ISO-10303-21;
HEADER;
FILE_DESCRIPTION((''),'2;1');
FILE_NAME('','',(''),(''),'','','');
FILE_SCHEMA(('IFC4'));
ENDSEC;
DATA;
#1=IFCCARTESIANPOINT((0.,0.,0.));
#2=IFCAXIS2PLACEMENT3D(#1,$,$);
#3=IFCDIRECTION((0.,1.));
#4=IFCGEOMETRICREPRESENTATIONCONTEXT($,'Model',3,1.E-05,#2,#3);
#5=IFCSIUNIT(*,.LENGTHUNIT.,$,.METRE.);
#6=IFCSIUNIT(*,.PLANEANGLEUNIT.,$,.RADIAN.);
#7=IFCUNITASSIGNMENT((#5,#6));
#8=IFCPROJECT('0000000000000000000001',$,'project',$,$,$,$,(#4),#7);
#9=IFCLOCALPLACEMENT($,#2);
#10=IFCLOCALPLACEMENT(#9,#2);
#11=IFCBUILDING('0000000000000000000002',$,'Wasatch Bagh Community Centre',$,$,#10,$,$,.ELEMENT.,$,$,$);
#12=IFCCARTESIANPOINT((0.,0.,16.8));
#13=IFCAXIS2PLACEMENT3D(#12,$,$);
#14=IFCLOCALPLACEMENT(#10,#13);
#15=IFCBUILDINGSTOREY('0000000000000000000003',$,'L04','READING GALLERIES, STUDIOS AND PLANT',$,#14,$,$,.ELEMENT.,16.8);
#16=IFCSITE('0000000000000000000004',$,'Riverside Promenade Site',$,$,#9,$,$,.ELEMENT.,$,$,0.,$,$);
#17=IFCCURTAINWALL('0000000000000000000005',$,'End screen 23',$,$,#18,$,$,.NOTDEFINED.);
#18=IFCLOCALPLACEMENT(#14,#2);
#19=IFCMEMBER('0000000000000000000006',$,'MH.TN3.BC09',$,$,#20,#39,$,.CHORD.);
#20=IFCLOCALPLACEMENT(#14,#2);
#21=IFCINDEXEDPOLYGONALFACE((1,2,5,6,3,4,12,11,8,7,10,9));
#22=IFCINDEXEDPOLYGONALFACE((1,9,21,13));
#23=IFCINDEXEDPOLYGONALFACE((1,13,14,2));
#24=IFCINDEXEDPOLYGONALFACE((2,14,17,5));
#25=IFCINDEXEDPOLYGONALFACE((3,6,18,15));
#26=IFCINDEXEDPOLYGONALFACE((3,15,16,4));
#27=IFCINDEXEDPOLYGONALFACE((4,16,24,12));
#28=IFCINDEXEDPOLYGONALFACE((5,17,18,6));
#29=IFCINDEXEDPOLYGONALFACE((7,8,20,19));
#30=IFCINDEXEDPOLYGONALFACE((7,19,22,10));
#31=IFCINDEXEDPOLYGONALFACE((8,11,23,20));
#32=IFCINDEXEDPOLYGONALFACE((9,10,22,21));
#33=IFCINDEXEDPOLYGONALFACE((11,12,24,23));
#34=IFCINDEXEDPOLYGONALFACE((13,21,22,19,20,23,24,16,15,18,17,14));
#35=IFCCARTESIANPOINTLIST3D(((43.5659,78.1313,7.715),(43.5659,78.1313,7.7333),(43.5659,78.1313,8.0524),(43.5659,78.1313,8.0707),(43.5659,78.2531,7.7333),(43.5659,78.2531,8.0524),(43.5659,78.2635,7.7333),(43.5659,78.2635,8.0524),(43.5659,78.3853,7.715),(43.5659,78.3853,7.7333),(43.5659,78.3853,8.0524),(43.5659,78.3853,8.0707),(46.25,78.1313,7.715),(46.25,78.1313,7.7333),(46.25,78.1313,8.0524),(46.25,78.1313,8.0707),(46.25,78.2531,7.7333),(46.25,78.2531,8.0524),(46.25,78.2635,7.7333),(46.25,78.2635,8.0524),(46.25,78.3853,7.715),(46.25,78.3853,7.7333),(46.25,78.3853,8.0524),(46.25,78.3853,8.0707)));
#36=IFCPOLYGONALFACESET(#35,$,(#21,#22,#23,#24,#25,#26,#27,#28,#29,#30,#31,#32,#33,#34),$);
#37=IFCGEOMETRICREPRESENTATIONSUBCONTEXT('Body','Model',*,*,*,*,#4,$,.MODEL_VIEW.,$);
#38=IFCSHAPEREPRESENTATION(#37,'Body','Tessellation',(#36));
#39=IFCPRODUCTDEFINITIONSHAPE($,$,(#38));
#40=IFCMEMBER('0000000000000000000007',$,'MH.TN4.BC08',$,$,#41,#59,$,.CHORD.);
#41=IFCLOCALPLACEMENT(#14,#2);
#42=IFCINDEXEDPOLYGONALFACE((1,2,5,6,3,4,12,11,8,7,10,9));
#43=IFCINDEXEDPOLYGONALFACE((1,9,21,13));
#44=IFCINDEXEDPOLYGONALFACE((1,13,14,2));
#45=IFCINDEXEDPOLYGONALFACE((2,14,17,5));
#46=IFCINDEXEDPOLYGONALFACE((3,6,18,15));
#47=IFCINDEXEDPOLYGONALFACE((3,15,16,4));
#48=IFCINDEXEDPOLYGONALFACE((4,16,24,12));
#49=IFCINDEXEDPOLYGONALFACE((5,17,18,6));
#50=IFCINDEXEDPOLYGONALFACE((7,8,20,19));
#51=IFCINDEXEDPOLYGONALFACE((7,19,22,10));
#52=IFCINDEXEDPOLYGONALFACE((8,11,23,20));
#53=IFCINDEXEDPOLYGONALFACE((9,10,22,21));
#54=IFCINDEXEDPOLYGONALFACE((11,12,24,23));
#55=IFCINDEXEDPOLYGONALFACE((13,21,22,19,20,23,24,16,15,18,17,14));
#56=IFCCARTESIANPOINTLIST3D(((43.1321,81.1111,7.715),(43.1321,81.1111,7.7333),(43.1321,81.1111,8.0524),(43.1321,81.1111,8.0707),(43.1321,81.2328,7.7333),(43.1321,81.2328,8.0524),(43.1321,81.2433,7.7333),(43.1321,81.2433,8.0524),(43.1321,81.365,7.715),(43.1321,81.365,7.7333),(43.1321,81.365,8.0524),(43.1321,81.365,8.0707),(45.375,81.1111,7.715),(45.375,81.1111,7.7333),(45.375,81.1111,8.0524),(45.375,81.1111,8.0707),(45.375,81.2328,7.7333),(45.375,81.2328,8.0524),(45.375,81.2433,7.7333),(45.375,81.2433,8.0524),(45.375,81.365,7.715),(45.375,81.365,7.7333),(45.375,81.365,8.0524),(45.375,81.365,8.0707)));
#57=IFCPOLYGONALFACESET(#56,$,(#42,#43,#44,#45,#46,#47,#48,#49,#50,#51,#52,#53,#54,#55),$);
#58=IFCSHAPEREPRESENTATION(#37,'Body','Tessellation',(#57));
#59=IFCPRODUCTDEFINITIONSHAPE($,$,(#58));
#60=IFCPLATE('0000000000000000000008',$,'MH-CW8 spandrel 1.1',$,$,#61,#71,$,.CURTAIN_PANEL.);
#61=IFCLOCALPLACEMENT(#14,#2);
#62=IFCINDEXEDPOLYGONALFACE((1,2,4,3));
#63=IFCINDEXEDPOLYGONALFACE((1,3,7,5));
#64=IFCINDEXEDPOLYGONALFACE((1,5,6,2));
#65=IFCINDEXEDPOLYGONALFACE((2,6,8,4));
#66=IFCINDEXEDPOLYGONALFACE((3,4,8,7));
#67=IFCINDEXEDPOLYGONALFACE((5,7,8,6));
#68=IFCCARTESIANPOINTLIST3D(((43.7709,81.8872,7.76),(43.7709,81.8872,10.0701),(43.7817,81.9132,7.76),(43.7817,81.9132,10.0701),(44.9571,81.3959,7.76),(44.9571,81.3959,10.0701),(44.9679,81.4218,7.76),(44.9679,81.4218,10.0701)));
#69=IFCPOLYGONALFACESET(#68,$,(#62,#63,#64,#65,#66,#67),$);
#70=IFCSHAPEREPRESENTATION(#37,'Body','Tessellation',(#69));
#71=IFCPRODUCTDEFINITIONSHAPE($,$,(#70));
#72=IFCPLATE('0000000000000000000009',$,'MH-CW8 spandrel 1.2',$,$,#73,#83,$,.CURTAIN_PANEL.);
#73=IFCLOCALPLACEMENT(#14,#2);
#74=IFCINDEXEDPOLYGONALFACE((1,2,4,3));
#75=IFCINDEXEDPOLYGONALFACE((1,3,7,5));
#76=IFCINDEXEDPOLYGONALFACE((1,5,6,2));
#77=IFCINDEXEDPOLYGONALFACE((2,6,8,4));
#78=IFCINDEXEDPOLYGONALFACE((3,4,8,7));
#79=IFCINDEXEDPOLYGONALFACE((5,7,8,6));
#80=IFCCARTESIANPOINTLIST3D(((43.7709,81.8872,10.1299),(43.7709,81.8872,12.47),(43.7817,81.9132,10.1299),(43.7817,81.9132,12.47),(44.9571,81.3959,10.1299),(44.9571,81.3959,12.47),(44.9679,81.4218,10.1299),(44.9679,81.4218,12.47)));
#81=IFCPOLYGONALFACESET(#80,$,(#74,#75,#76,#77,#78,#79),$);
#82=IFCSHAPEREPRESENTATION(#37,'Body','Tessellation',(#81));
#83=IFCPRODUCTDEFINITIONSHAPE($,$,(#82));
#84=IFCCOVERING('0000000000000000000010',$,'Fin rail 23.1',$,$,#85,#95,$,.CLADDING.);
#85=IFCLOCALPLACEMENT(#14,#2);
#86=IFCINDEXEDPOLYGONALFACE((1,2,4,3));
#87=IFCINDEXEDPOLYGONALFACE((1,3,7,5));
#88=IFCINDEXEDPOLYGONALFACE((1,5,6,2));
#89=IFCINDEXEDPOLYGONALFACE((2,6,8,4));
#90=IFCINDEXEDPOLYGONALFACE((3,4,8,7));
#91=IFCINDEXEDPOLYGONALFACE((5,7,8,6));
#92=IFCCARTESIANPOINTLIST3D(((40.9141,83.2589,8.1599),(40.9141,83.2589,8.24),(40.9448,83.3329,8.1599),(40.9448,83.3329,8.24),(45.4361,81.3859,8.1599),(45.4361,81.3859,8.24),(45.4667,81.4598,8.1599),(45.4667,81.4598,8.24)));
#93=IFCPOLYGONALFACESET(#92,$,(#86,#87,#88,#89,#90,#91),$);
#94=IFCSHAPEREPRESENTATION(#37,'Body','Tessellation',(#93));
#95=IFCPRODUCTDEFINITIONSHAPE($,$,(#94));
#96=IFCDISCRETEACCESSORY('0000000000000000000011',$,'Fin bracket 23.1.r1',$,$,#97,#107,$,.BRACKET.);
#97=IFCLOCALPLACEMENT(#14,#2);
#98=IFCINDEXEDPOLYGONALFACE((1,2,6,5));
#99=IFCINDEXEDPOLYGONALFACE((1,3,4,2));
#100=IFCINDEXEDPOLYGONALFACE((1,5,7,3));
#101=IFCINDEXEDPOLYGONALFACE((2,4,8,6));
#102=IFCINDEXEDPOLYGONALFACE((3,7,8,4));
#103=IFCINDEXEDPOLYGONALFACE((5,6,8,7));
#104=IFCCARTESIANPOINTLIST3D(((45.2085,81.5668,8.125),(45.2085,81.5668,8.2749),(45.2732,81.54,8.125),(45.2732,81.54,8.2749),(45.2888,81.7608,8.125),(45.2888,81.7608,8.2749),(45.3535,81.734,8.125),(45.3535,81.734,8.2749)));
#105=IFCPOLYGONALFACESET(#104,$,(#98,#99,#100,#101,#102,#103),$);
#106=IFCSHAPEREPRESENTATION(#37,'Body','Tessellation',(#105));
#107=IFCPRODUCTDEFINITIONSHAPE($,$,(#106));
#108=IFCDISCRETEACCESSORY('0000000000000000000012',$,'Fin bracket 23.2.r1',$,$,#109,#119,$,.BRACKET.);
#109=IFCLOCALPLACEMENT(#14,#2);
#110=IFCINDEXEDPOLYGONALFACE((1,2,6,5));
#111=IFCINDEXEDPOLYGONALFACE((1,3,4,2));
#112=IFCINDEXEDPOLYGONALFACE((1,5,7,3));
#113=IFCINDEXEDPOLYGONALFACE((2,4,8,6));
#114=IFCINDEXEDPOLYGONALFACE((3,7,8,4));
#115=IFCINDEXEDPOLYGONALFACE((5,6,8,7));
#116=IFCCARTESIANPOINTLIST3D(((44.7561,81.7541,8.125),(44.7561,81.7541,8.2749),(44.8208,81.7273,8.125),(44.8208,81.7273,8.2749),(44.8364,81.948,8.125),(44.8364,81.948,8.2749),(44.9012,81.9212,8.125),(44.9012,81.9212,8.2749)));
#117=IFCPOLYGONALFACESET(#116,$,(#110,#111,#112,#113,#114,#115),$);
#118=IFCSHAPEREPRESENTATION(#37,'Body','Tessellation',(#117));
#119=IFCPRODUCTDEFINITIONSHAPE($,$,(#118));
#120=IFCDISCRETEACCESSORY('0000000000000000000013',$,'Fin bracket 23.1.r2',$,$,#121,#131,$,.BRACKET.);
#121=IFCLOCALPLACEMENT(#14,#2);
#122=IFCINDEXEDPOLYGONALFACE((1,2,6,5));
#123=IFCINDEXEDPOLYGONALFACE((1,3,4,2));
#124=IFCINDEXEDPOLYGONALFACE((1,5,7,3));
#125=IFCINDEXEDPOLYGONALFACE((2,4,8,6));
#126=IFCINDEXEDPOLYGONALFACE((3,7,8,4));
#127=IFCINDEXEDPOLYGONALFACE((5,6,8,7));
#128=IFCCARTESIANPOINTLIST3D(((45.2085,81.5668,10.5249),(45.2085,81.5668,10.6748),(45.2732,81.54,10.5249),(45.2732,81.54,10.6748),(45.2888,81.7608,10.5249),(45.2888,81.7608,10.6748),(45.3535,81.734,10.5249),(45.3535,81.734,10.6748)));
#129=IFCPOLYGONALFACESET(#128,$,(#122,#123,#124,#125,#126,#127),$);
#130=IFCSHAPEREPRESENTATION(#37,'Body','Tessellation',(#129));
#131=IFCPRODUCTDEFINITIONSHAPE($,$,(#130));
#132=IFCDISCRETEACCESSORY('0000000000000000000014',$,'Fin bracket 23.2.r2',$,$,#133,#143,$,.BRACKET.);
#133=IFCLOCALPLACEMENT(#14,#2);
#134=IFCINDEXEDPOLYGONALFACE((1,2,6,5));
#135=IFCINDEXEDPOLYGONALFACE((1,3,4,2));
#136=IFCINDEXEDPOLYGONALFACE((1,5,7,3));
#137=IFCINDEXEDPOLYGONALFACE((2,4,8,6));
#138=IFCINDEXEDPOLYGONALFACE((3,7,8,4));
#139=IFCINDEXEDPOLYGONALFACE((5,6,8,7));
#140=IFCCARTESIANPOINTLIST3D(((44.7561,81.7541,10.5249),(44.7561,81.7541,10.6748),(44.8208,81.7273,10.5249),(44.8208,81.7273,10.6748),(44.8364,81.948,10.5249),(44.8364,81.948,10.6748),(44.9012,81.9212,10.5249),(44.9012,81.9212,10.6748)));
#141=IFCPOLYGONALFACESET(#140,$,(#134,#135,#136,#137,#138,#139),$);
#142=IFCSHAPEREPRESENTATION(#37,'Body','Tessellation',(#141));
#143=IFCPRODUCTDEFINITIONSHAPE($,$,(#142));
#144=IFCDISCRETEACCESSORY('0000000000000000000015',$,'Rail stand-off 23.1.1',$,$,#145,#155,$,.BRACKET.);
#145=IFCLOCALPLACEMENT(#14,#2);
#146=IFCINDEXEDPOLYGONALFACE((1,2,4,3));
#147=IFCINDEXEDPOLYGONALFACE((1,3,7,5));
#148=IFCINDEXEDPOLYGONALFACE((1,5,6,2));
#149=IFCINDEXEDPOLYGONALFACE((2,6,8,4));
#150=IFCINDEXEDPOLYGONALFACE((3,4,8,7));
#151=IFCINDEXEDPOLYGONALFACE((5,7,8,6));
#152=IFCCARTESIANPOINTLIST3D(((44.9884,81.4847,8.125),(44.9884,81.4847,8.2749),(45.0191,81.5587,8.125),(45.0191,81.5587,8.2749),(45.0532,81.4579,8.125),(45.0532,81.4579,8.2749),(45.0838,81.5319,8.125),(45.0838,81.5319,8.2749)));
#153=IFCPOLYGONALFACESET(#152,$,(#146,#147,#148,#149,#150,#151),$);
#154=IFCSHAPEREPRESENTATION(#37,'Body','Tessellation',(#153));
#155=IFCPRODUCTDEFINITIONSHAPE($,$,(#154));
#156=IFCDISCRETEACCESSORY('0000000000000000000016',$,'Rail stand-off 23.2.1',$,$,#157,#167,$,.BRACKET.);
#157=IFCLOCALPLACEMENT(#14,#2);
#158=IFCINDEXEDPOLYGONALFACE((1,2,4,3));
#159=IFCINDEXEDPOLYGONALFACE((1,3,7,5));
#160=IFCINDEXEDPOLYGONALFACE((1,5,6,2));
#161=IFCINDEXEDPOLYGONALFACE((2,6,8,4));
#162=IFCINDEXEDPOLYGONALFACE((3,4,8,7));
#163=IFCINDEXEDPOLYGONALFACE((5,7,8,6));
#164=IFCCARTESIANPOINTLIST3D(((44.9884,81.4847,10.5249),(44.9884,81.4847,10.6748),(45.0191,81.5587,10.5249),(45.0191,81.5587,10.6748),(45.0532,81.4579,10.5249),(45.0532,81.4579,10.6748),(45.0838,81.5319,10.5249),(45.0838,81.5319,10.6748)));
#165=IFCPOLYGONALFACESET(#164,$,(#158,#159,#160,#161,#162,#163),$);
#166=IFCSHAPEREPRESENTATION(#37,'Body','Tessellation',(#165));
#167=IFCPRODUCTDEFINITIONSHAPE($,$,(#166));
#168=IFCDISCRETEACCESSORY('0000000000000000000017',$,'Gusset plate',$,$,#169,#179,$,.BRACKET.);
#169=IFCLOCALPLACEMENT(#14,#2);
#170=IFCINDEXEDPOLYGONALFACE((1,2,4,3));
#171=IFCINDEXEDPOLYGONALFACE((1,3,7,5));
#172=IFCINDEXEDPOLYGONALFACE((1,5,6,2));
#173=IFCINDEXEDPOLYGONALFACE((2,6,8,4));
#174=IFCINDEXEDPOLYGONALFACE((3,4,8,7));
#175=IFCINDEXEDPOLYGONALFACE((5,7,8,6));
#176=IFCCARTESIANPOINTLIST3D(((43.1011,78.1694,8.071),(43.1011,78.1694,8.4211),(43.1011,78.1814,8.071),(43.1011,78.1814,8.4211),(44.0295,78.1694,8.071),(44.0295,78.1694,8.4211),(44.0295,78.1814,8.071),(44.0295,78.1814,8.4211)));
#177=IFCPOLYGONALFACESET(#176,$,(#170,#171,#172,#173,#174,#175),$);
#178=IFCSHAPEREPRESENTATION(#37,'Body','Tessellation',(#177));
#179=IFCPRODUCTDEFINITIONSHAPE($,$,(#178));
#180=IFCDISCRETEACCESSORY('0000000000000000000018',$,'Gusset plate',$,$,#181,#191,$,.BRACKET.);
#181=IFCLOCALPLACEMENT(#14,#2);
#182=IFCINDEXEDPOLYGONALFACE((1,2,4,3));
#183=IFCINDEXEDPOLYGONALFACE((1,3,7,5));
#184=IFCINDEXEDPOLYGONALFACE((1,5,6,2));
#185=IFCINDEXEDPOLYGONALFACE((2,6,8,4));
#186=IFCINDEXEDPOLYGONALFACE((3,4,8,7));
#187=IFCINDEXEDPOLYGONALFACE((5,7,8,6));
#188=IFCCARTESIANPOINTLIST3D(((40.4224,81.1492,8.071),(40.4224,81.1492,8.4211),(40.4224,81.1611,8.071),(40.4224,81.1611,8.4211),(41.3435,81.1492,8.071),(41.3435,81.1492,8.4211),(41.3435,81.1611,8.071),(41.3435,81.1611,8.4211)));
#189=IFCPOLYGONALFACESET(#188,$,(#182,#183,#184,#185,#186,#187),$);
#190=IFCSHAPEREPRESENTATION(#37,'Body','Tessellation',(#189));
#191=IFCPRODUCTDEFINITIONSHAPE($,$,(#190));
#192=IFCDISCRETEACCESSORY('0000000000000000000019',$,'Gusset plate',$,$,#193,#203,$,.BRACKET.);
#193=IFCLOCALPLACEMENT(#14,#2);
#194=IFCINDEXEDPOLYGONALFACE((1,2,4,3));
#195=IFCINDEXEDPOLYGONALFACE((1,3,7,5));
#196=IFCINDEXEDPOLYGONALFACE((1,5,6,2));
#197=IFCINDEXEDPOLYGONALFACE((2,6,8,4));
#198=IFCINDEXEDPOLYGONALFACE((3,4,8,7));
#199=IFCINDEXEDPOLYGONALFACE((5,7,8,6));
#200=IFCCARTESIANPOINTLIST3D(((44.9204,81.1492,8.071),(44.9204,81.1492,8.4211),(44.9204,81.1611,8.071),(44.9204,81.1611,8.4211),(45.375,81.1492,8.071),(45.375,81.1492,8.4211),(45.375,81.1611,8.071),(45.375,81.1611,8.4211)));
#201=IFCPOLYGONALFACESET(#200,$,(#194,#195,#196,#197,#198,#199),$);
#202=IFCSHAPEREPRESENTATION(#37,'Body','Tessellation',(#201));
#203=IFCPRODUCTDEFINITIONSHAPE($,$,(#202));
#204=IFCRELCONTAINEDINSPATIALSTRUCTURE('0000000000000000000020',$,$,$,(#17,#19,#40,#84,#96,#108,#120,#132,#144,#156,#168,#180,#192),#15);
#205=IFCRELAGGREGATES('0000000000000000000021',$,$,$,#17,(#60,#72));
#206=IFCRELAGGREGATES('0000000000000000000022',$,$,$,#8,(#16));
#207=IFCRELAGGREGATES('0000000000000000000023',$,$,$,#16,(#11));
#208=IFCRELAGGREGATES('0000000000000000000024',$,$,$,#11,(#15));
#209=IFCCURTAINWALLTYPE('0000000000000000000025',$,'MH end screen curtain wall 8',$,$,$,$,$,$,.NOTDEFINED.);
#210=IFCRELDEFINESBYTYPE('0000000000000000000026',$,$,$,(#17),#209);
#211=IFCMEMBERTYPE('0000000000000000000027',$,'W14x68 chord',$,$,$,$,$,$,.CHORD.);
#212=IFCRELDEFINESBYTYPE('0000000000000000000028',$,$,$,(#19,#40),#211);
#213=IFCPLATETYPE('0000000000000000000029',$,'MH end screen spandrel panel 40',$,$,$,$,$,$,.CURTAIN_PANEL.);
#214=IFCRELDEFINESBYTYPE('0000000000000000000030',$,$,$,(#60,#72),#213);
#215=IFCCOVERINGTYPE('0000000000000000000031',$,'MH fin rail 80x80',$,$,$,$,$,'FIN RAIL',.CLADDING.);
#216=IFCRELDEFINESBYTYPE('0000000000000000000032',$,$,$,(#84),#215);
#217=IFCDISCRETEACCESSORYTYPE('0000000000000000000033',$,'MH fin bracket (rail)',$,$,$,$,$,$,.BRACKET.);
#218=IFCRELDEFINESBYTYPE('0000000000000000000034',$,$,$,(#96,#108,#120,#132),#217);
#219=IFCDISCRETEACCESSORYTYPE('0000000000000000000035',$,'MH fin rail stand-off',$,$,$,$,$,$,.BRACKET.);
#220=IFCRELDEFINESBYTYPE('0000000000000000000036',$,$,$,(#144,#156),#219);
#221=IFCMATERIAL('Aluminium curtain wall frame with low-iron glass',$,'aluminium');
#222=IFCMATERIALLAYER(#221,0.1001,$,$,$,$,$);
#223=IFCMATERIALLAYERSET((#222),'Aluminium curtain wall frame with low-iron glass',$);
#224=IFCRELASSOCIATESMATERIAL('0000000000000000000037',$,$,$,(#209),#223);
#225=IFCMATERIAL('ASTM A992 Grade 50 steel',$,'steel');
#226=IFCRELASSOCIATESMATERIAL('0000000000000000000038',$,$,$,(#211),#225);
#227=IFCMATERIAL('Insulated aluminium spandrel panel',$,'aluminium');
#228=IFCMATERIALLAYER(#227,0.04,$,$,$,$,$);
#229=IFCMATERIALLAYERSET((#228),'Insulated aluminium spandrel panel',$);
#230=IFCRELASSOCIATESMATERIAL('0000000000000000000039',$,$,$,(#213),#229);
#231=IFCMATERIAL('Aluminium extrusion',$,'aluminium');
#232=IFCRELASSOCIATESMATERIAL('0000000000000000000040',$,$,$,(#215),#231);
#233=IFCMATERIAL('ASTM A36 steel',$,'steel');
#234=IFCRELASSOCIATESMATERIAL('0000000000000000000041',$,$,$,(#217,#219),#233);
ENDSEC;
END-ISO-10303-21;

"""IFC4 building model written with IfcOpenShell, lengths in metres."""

from ifc_helpers import new_model, si_unit, direction, frame, origin, origin_2d, place, context, subcontext, project, spatial, polyline, rectangle, i_section, outline, extrude, material, layer, layer_set, material_profile, profile_set, type_object, element, aggregate, save


model = new_model("IFC4")

# Units and contexts
model_context = context("Model", 3, precision=1e-05, world=origin(), true_north=direction((0.0, 1.0)))
body_context = subcontext(model_context, "Body", "Model", "MODEL_VIEW")
ifc_project = project(units=[si_unit("LENGTHUNIT", "METRE"), si_unit("PLANEANGLEUNIT", "RADIAN")], contexts=[model_context])

# Site, building, storey
site_placement = place(None, origin())
site = spatial("IfcSite", under=ifc_project, at=site_placement, Name="Riverside Promenade Site", CompositionType="ELEMENT", RefElevation=0.0)
building_placement = place(site_placement, origin())
building = spatial("IfcBuilding", under=site, at=building_placement, Name="Wasatch Bagh Community Centre", CompositionType="ELEMENT")
storey_placement = place(building_placement, frame((0.0, 0.0, 16.8)))
storey = spatial("IfcBuildingStorey", under=building, at=storey_placement, Name="L04", Description="READING GALLERIES, STUDIOS AND PLANT", CompositionType="ELEMENT", Elevation=16.8)

# Curtain wall
ifc_material_1 = material(Name="Aluminium curtain wall frame with low-iron glass", Category="aluminium")
ifc_layer_1 = layer(ifc_material_1, 0.1001)
ifc_layer_set_1 = layer_set([ifc_layer_1], Name="Aluminium curtain wall frame with low-iron glass")
curtain_wall_type = type_object("IfcCurtainWallType", Name="MH end screen curtain wall 8", PredefinedType="NOTDEFINED", material=ifc_layer_set_1)
curtain_wall_placement = place(storey_placement, origin())
curtain_wall = element("IfcCurtainWall", 1, at=curtain_wall_placement, inside=storey, type_object=curtain_wall_type, Name="End screen 23", PredefinedType="NOTDEFINED")
ifc_material_2 = material(Name="Aluminium extrusion", Category="aluminium")

# Members
ifc_material_3 = material(Name="ASTM A992 Grade 50 steel", Category="steel")
ifc_material_profile_1 = material_profile(ifc_material_3, i_section(OverallWidth=0.2539, OverallDepth=0.3557, WebThickness=0.0105, FlangeThickness=0.0183, at=origin_2d()), Name="W14x68")
ifc_profile_set_1 = profile_set([ifc_material_profile_1], Name="ASTM A992 Grade 50 steel")
member_type_1 = type_object("IfcMemberType", Name="W14x68 chord", PredefinedType="CHORD", material=ifc_profile_set_1)
member_1_placement = place(storey_placement, frame((43.5659, 78.2583, 7.8928), z_axis=(1.0, 0.0, 0.0), x_axis=(0.0, 1.0, 0.0)))
element("IfcMember", 2, at=member_1_placement, inside=storey, type_object=member_type_1, Name="MH.TN3.BC09", PredefinedType="CHORD", context=body_context, shape_type="SweptSolid", body=[
    extrude(i_section(OverallWidth=0.2539, OverallDepth=0.3557, WebThickness=0.0105, FlangeThickness=0.0183, at=origin_2d()), origin(), (0.0, 0.0, 1.0), 2.6841),
])
member_2_placement = place(storey_placement, frame((43.1321, 81.238, 7.8928), z_axis=(1.0, 0.0, 0.0), x_axis=(0.0, 1.0, 0.0)))
element("IfcMember", 3, at=member_2_placement, inside=storey, type_object=member_type_1, Name="MH.TN4.BC08", PredefinedType="CHORD", context=body_context, shape_type="SweptSolid", body=[
    extrude(i_section(OverallWidth=0.2539, OverallDepth=0.3557, WebThickness=0.0105, FlangeThickness=0.0183, at=origin_2d()), origin(), (0.0, 0.0, 1.0), 2.2429),
])

# Plates
ifc_material_4 = material(Name="Insulated aluminium spandrel panel", Category="aluminium")
ifc_layer_2 = layer(ifc_material_4, 0.04)
ifc_layer_set_2 = layer_set([ifc_layer_2], Name="Insulated aluminium spandrel panel")
plate_type = type_object("IfcPlateType", Name="MH end screen spandrel panel 40", PredefinedType="CURTAIN_PANEL", material=ifc_layer_set_2)
plate_1_placement = place(storey_placement, frame((44.3694, 81.6545, 7.76), z_axis=(0.0, 0.0, 1.0), x_axis=(-0.92388, 0.382683, 0.0)))
plate_1 = element("IfcPlate", 4, at=plate_1_placement, type_object=plate_type, Name="MH-CW8 spandrel 1.1", PredefinedType="CURTAIN_PANEL", context=body_context, shape_type="SweptSolid", body=[
    extrude(rectangle(XDim=1.2839, YDim=0.0281, at=origin_2d()), origin(), (0.0, 0.0, 1.0), 2.3101),
])
plate_2_placement = place(storey_placement, frame((44.3694, 81.6545, 10.1299), z_axis=(0.0, 0.0, 1.0), x_axis=(-0.92388, 0.382683, 0.0)))
plate_2 = element("IfcPlate", 5, at=plate_2_placement, type_object=plate_type, Name="MH-CW8 spandrel 1.2", PredefinedType="CURTAIN_PANEL", context=body_context, shape_type="SweptSolid", body=[
    extrude(rectangle(XDim=1.2839, YDim=0.0281, at=origin_2d()), origin(), (0.0, 0.0, 1.0), 2.3401),
])
aggregate(curtain_wall, [plate_1, plate_2])

# Covering
ifc_material_profile_2 = material_profile(ifc_material_2, rectangle(XDim=0.0801, YDim=0.0801, at=origin_2d()), Name="AL 80x80")
ifc_profile_set_2 = profile_set([ifc_material_profile_2], Name="Aluminium extrusion")
covering_type = type_object("IfcCoveringType", Name="MH fin rail 80x80", ElementType="FIN RAIL", PredefinedType="CLADDING", material=ifc_profile_set_2)
covering_placement = place(storey_placement, frame((45.4514, 81.4229, 8.2), z_axis=(-0.923881, 0.382681, 0.0), x_axis=(-0.382681, -0.923881, 0.0)))
element("IfcCovering", 6, at=covering_placement, inside=storey, type_object=covering_type, Name="Fin rail 23.1", PredefinedType="CLADDING", context=body_context, shape_type="SweptSolid", body=[
    extrude(rectangle(XDim=0.0801, YDim=0.0801, at=origin_2d()), origin(), (0.0, 0.0, 1.0), 4.8945),
])

# Discrete accessories
ifc_material_5 = material(Name="ASTM A36 steel", Category="steel")
discrete_accessory_type_1 = type_object("IfcDiscreteAccessoryType", Name="MH fin bracket (rail)", PredefinedType="BRACKET", material=ifc_material_5)
for number, where, z_axis, x_axis, name in (
    (7, (45.281, 81.6504, 8.125), (0.0, 0.0, 1.0), (-0.92388, 0.382683, 0.0), "Fin bracket 23.1.r1"),
    (8, (44.8286, 81.8376, 8.125), (0.0, 0.0, 1.0), (-0.92388, 0.382683, 0.0), "Fin bracket 23.2.r1"),
    (9, (45.281, 81.6504, 10.5249), (0.0, 0.0, 1.0), (-0.92388, 0.382683, 0.0), "Fin bracket 23.1.r2"),
    (10, (44.8286, 81.8376, 10.5249), (0.0, 0.0, 1.0), (-0.92388, 0.382683, 0.0), "Fin bracket 23.2.r2"),
):
    element("IfcDiscreteAccessory", number, at=place(storey_placement, frame(where, z_axis=z_axis, x_axis=x_axis)), inside=storey, type_object=discrete_accessory_type_1, Name=name, PredefinedType="BRACKET", context=body_context, shape_type="SweptSolid", body=[
        extrude(rectangle(XDim=0.0701, YDim=0.21, at=origin_2d()), origin(), (0.0, 0.0, 1.0), 0.1499),
    ])
discrete_accessory_type_2 = type_object("IfcDiscreteAccessoryType", Name="MH fin rail stand-off", PredefinedType="BRACKET", material=ifc_material_5)
for number, where, z_axis, x_axis, name in (
    (11, (45.0361, 81.5083, 8.125), (0.0, 0.0, 1.0), (-0.92388, 0.382683, 0.0), "Rail stand-off 23.1.1"),
    (12, (45.0361, 81.5083, 10.5249), (0.0, 0.0, 1.0), (-0.92388, 0.382683, 0.0), "Rail stand-off 23.2.1"),
):
    element("IfcDiscreteAccessory", number, at=place(storey_placement, frame(where, z_axis=z_axis, x_axis=x_axis)), inside=storey, type_object=discrete_accessory_type_2, Name=name, PredefinedType="BRACKET", context=body_context, shape_type="SweptSolid", body=[
        extrude(rectangle(XDim=0.0701, YDim=0.0801, at=origin_2d()), origin(), (0.0, 0.0, 1.0), 0.1499),
    ])
discrete_accessory_1_placement = place(storey_placement, frame((43.1011, 78.1694, 8.071), z_axis=(0.0, -1.0, 0.0), x_axis=(1.0, 0.0, 0.0)))
element("IfcDiscreteAccessory", 13, at=discrete_accessory_1_placement, inside=storey, Name="Gusset plate", PredefinedType="BRACKET", context=body_context, shape_type="SweptSolid", body=[
    extrude(outline(polyline([(0.0, 0.0), (0.9285, 0.0), (0.9285, 0.3501), (0.0, 0.3501), (0.0, 0.0)])), origin(), (0.0, 0.0, -1.0), 0.012),
])
discrete_accessory_2_placement = place(storey_placement, frame((40.4224, 81.1492, 8.071), z_axis=(0.0, -1.0, 0.0), x_axis=(1.0, 0.0, 0.0)))
element("IfcDiscreteAccessory", 14, at=discrete_accessory_2_placement, inside=storey, Name="Gusset plate", PredefinedType="BRACKET", context=body_context, shape_type="SweptSolid", body=[
    extrude(outline(polyline([(0.0, 0.0), (0.9211, 0.0), (0.9211, 0.3501), (0.0, 0.3501), (0.0, 0.0)])), origin(), (0.0, 0.0, -1.0), 0.012),
])
discrete_accessory_3_placement = place(storey_placement, frame((44.9204, 81.1492, 8.071), z_axis=(0.0, -1.0, 0.0), x_axis=(1.0, 0.0, 0.0)))
element("IfcDiscreteAccessory", 15, at=discrete_accessory_3_placement, inside=storey, Name="Gusset plate", PredefinedType="BRACKET", context=body_context, shape_type="SweptSolid", body=[
    extrude(outline(polyline([(0.0, 0.0), (0.4546, 0.0), (0.4546, 0.3501), (0.0, 0.3501), (0.0, 0.0)])), origin(), (0.0, 0.0, -1.0), 0.012),
])

save(model, "model.ifc")
